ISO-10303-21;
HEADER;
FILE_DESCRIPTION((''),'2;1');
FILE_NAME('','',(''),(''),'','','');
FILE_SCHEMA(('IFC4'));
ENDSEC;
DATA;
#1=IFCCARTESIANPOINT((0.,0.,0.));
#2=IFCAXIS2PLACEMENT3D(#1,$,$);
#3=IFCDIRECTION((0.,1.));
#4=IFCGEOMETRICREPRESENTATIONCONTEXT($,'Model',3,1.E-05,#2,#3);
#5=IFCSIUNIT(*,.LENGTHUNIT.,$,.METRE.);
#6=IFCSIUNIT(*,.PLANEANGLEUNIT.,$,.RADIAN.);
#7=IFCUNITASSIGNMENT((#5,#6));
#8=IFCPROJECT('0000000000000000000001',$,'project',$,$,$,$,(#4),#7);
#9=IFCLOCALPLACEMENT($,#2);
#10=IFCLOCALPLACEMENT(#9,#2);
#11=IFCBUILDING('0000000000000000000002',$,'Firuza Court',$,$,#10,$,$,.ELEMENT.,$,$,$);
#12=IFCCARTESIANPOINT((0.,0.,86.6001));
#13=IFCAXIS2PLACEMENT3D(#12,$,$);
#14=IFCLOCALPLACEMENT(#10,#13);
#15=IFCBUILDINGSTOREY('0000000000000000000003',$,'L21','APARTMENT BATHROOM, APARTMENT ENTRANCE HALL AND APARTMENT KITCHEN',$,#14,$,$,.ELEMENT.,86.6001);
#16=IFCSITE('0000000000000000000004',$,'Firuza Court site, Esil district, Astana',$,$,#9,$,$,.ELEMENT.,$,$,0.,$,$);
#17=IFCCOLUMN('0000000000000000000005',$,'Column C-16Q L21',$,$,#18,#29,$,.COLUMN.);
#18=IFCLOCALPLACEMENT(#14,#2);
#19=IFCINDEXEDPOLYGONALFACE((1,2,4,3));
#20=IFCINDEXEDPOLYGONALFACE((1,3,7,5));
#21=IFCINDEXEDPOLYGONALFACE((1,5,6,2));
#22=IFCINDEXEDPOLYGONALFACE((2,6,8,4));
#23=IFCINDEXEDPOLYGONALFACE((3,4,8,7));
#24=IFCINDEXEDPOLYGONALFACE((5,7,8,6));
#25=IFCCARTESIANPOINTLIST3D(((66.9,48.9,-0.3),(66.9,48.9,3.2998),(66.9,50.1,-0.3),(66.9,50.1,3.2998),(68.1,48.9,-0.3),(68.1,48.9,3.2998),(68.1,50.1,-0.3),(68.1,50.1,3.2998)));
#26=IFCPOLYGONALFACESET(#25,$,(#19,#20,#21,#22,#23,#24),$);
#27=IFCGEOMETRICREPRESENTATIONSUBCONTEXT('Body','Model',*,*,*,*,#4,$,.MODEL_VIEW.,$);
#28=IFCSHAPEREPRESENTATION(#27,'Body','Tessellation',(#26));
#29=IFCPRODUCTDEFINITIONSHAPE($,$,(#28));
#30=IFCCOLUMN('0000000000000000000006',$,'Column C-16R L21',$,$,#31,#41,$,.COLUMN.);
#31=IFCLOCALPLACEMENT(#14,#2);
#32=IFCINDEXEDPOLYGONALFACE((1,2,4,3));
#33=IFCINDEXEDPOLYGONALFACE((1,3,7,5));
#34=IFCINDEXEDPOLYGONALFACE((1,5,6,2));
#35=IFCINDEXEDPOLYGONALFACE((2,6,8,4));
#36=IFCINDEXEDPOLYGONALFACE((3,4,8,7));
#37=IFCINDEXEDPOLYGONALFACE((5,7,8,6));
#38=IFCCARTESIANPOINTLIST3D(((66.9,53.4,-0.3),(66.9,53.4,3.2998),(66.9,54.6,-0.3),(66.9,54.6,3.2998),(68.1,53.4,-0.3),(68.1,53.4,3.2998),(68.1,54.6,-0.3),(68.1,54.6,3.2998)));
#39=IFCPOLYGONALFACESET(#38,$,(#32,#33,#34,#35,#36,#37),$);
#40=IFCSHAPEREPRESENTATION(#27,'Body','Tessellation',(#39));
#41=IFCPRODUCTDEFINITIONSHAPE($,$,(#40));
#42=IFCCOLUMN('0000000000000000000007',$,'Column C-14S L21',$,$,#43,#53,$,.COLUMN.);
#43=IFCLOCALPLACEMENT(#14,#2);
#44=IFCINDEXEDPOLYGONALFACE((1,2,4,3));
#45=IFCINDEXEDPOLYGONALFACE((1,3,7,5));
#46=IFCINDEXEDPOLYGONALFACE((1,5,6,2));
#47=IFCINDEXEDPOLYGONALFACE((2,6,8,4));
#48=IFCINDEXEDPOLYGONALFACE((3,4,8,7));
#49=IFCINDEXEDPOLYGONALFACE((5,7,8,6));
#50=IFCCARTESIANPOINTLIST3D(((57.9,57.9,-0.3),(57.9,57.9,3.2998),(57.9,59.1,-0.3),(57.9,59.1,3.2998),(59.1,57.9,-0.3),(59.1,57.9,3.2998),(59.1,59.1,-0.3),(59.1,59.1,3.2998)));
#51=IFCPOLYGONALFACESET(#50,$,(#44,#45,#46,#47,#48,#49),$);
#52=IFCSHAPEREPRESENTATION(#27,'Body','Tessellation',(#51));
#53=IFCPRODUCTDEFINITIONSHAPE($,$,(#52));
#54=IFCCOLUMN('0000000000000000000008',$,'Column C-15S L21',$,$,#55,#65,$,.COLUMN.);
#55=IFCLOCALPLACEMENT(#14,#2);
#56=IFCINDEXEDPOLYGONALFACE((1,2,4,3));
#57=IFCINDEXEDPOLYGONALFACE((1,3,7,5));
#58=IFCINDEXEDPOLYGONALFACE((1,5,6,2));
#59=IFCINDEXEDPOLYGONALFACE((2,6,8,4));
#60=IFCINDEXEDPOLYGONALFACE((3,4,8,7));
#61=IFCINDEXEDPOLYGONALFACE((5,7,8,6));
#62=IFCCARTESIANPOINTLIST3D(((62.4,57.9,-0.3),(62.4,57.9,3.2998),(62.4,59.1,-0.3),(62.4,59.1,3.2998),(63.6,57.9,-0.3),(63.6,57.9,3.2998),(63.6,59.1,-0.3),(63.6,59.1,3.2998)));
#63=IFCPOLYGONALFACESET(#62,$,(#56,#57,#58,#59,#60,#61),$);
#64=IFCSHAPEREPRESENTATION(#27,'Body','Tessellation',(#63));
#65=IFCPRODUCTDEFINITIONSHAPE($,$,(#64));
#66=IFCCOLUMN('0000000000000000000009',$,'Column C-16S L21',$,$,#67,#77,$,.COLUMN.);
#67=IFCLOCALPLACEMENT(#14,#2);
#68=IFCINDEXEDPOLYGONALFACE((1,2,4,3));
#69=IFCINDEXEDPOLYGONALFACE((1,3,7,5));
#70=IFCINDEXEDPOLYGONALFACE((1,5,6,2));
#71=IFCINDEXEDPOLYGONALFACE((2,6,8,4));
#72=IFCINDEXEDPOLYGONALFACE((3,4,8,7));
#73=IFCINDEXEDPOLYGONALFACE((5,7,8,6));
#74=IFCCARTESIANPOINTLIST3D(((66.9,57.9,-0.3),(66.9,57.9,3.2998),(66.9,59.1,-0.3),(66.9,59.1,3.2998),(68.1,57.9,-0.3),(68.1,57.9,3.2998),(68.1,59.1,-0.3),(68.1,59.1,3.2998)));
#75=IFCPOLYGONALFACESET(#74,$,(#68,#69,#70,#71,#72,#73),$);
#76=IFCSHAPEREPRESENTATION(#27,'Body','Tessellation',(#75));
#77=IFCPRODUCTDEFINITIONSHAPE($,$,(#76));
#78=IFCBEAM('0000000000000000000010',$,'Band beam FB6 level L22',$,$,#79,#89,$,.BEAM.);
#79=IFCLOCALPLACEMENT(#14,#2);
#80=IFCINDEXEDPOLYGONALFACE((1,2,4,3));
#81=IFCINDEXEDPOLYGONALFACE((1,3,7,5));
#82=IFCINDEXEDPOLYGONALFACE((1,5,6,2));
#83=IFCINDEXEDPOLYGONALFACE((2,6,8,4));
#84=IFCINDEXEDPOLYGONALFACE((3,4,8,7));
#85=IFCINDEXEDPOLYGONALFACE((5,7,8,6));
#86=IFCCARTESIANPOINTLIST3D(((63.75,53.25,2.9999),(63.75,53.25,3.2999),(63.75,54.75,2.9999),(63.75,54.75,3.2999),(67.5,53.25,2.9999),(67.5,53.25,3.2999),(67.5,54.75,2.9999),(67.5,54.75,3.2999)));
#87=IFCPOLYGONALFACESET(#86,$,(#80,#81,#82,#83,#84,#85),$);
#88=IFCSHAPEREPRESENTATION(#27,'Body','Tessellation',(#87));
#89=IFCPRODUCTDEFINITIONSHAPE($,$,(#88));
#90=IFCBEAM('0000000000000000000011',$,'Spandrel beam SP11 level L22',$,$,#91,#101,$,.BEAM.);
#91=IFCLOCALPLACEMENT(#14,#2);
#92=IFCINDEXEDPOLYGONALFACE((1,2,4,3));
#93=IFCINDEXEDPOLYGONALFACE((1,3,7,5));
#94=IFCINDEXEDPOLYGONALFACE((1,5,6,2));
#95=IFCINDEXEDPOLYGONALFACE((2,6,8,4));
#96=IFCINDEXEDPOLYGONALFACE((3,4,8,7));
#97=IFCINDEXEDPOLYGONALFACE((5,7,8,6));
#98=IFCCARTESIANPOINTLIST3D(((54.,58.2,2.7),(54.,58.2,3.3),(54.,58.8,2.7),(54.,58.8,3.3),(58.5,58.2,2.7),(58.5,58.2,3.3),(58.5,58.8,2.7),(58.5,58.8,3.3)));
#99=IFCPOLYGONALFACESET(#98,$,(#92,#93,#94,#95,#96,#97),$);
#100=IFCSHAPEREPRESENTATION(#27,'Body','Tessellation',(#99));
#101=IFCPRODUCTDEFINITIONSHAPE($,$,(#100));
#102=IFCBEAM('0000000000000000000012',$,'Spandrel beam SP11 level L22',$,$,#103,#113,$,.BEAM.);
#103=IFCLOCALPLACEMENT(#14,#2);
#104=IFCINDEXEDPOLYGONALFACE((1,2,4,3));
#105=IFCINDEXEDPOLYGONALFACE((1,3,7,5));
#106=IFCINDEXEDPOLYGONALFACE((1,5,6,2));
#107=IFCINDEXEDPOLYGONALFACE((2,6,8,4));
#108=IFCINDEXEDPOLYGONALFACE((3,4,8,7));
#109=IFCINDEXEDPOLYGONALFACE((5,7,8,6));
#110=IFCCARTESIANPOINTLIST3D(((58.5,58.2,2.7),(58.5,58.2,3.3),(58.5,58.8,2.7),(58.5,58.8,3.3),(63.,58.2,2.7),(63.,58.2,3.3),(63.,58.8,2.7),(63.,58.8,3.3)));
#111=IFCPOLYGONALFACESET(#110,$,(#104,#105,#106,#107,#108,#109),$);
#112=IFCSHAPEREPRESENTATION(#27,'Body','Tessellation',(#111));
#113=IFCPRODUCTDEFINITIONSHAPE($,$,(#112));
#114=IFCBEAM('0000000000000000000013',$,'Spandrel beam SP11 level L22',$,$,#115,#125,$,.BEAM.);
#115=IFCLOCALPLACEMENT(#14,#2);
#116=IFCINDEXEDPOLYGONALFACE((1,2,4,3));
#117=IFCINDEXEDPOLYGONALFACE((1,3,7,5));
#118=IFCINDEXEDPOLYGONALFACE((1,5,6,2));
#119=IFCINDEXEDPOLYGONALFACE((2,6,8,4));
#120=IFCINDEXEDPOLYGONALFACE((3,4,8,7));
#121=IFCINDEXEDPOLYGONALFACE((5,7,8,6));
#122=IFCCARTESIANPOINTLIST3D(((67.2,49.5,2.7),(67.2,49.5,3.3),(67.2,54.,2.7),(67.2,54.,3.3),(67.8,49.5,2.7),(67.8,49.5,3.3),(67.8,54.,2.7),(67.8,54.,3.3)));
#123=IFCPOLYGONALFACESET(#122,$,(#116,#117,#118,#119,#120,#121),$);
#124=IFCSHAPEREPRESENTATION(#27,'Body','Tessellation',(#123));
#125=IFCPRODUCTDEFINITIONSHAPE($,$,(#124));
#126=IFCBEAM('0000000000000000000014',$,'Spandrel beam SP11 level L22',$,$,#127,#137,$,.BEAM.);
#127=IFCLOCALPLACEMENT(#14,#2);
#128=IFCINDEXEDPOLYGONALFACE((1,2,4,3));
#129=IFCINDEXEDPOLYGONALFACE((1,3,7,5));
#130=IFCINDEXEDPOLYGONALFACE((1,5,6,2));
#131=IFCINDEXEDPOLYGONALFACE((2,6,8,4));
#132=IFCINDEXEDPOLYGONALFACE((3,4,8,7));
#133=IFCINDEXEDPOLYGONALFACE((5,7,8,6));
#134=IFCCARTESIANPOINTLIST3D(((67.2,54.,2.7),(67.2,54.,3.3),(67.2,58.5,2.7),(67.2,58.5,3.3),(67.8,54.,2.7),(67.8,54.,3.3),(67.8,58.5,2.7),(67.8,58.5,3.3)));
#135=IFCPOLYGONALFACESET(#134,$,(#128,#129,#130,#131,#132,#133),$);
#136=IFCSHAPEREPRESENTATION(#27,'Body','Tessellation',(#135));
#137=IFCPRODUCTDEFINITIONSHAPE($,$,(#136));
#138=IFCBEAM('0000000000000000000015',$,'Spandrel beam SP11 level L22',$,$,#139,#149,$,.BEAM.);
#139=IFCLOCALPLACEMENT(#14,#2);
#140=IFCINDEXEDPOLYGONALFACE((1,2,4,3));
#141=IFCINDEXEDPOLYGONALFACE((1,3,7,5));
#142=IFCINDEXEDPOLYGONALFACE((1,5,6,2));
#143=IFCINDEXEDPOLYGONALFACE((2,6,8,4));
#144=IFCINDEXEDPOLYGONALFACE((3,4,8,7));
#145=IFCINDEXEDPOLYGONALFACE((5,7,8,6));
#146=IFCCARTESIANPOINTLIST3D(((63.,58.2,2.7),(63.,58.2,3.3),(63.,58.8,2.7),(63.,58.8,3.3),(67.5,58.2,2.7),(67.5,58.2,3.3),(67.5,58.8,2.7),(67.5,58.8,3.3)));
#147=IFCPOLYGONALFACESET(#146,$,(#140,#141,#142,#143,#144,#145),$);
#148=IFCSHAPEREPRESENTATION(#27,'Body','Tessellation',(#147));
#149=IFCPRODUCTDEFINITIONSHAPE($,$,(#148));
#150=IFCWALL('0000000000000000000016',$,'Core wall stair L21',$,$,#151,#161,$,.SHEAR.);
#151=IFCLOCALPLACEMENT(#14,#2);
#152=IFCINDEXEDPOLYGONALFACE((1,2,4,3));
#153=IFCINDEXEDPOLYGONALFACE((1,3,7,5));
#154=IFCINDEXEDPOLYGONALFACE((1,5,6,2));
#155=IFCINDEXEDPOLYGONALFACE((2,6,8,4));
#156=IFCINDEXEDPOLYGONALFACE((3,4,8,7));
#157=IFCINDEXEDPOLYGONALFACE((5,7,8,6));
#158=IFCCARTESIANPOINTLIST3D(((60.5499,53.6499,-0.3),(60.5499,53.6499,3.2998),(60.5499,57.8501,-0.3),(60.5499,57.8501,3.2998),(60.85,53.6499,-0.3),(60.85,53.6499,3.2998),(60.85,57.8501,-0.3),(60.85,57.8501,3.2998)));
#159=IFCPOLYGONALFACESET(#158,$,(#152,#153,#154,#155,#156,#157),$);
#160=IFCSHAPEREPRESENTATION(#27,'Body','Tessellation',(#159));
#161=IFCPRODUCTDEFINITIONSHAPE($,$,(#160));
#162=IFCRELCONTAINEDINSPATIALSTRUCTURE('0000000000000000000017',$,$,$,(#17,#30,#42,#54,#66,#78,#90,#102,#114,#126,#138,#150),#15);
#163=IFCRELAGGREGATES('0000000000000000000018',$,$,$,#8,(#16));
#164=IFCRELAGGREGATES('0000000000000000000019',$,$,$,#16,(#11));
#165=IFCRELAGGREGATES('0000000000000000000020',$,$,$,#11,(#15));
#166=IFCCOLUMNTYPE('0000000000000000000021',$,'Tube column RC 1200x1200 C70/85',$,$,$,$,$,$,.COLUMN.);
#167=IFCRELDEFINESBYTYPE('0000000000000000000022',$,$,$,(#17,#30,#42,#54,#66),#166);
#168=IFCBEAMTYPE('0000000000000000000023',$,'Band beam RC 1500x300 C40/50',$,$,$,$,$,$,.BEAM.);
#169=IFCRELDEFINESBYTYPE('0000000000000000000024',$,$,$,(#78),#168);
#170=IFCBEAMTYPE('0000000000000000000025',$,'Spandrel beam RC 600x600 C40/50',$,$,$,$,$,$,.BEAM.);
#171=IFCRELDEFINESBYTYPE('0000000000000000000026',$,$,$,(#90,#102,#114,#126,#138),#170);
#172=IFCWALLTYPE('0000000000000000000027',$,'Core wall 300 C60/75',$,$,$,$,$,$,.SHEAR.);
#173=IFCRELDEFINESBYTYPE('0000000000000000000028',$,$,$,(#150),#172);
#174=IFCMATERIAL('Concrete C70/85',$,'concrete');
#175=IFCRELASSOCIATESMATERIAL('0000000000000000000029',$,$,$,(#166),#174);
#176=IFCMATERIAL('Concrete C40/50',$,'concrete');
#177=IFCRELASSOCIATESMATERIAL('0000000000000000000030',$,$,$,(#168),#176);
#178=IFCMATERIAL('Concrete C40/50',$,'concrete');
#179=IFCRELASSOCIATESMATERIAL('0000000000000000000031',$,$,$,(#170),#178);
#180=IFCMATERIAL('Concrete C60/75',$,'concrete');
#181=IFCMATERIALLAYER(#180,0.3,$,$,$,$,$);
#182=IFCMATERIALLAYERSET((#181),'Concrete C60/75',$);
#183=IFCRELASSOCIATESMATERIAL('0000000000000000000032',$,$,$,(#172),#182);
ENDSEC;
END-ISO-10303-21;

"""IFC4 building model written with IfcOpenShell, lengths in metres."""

from ifc_helpers import new_model, si_unit, direction, frame, frame_2d, origin, origin_2d, place, context, subcontext, project, spatial, rectangle, extrude, material, layer, layer_set, material_profile, profile_set, type_object, element, save


model = new_model("IFC4")

# Units and contexts
model_context = context("Model", 3, precision=1e-05, world=origin(), true_north=direction((0.0, 1.0)))
body_context = subcontext(model_context, "Body", "Model", "MODEL_VIEW")
ifc_project = project(units=[si_unit("LENGTHUNIT", "METRE"), si_unit("PLANEANGLEUNIT", "RADIAN")], contexts=[model_context])

# Site, building, storey
site_placement = place(None, origin())
site = spatial("IfcSite", under=ifc_project, at=site_placement, Name="Firuza Court site, Esil district, Astana", CompositionType="ELEMENT", RefElevation=0.0)
building_placement = place(site_placement, origin())
building = spatial("IfcBuilding", under=site, at=building_placement, Name="Firuza Court", CompositionType="ELEMENT")
storey_placement = place(building_placement, frame((0.0, 0.0, 86.6001)))
storey = spatial("IfcBuildingStorey", under=building, at=storey_placement, Name="L21", Description="APARTMENT BATHROOM, APARTMENT ENTRANCE HALL AND APARTMENT KITCHEN", CompositionType="ELEMENT", Elevation=86.6001)

# Columns
ifc_material_1 = material(Name="Concrete C70/85", Category="concrete")
ifc_material_profile_1 = material_profile(ifc_material_1, rectangle(XDim=1.2, YDim=1.2, at=origin_2d()), Name="RC 1200x1200")
ifc_profile_set_1 = profile_set([ifc_material_profile_1], Name="Concrete C70/85")
column_type = type_object("IfcColumnType", Name="Tube column RC 1200x1200 C70/85", PredefinedType="COLUMN", material=ifc_profile_set_1)
for number, where, z_axis, x_axis, name in (
    (1, (67.5, 49.5, -0.3), (0.0, 0.0, 1.0), (1.0, 0.0, 0.0), "Column C-16Q L21"),
    (2, (67.5, 54.0, -0.3), (0.0, 0.0, 1.0), (1.0, 0.0, 0.0), "Column C-16R L21"),
    (3, (58.5, 58.5, -0.3), (0.0, 0.0, 1.0), (1.0, 0.0, 0.0), "Column C-14S L21"),
    (4, (63.0, 58.5, -0.3), (0.0, 0.0, 1.0), (1.0, 0.0, 0.0), "Column C-15S L21"),
    (5, (67.5, 58.5, -0.3), (0.0, 0.0, 1.0), (1.0, 0.0, 0.0), "Column C-16S L21"),
):
    element("IfcColumn", number, at=place(storey_placement, frame(where, z_axis=z_axis, x_axis=x_axis)), inside=storey, type_object=column_type, Name=name, PredefinedType="COLUMN", context=body_context, shape_type="SweptSolid", body=[
        extrude(rectangle(XDim=1.2, YDim=1.2, at=origin_2d()), origin(), (0.0, 0.0, 1.0), 3.5999),
    ])

# Beams
ifc_material_2 = material(Name="Concrete C40/50", Category="concrete")
ifc_material_profile_2 = material_profile(ifc_material_2, rectangle(XDim=1.5, YDim=0.3, at=origin_2d()), Name="RC 1500x300")
ifc_profile_set_2 = profile_set([ifc_material_profile_2], Name="Concrete C40/50")
beam_type_1 = type_object("IfcBeamType", Name="Band beam RC 1500x300 C40/50", PredefinedType="BEAM", material=ifc_profile_set_2)
beam_placement = place(storey_placement, frame((67.5, 54.0, 3.1499), z_axis=(-1.0, 0.0, 0.0), x_axis=(0.0, -1.0, 0.0)))
element("IfcBeam", 6, at=beam_placement, inside=storey, type_object=beam_type_1, Name="Band beam FB6 level L22", PredefinedType="BEAM", context=body_context, shape_type="SweptSolid", body=[
    extrude(rectangle(XDim=1.5, YDim=0.3, at=origin_2d()), origin(), (0.0, 0.0, 1.0), 3.75),
])
ifc_material_3 = material(Name="Concrete C40/50", Category="concrete")
ifc_material_profile_3 = material_profile(ifc_material_3, rectangle(XDim=0.6001, YDim=0.6001, at=origin_2d()), Name="RC 600x600")
ifc_profile_set_3 = profile_set([ifc_material_profile_3], Name="Concrete C40/50")
beam_type_2 = type_object("IfcBeamType", Name="Spandrel beam RC 600x600 C40/50", PredefinedType="BEAM", material=ifc_profile_set_3)
for number, where, z_axis, x_axis, name in (
    (7, (58.5, 58.5, 3.0), (-1.0, 0.0, 0.0), (0.0, -1.0, 0.0), "Spandrel beam SP11 level L22"),
    (8, (63.0, 58.5, 3.0), (-1.0, 0.0, 0.0), (0.0, -1.0, 0.0), "Spandrel beam SP11 level L22"),
    (9, (67.5, 49.5, 3.0), (0.0, 1.0, 0.0), (-1.0, 0.0, 0.0), "Spandrel beam SP11 level L22"),
    (10, (67.5, 54.0, 3.0), (0.0, 1.0, 0.0), (-1.0, 0.0, 0.0), "Spandrel beam SP11 level L22"),
    (11, (67.5, 58.5, 3.0), (-1.0, 0.0, 0.0), (0.0, -1.0, 0.0), "Spandrel beam SP11 level L22"),
):
    element("IfcBeam", number, at=place(storey_placement, frame(where, z_axis=z_axis, x_axis=x_axis)), inside=storey, type_object=beam_type_2, Name=name, PredefinedType="BEAM", context=body_context, shape_type="SweptSolid", body=[
        extrude(rectangle(XDim=0.6001, YDim=0.6001, at=origin_2d()), origin(), (0.0, 0.0, 1.0), 4.5),
    ])

# Wall
ifc_material_4 = material(Name="Concrete C60/75", Category="concrete")
ifc_layer_1 = layer(ifc_material_4, 0.3)
ifc_layer_set_1 = layer_set([ifc_layer_1], Name="Concrete C60/75")
wall_type_1 = type_object("IfcWallType", Name="Core wall 300 C60/75", PredefinedType="SHEAR", material=ifc_layer_set_1)
wall_1_placement = place(storey_placement, frame((60.7, 53.6499, -0.3), z_axis=(0.0, 0.0, 1.0), x_axis=(0.0, 1.0, 0.0)))
element("IfcWall", 12, at=wall_1_placement, inside=storey, type_object=wall_type_1, Name="Core wall stair L21", PredefinedType="SHEAR", context=body_context, shape_type="SweptSolid", body=[
    extrude(rectangle(XDim=4.2002, YDim=0.3, at=frame_2d((2.1001, 0.0))), origin(), (0.0, 0.0, 1.0), 3.5999),
])

save(model, "model.ifc")
